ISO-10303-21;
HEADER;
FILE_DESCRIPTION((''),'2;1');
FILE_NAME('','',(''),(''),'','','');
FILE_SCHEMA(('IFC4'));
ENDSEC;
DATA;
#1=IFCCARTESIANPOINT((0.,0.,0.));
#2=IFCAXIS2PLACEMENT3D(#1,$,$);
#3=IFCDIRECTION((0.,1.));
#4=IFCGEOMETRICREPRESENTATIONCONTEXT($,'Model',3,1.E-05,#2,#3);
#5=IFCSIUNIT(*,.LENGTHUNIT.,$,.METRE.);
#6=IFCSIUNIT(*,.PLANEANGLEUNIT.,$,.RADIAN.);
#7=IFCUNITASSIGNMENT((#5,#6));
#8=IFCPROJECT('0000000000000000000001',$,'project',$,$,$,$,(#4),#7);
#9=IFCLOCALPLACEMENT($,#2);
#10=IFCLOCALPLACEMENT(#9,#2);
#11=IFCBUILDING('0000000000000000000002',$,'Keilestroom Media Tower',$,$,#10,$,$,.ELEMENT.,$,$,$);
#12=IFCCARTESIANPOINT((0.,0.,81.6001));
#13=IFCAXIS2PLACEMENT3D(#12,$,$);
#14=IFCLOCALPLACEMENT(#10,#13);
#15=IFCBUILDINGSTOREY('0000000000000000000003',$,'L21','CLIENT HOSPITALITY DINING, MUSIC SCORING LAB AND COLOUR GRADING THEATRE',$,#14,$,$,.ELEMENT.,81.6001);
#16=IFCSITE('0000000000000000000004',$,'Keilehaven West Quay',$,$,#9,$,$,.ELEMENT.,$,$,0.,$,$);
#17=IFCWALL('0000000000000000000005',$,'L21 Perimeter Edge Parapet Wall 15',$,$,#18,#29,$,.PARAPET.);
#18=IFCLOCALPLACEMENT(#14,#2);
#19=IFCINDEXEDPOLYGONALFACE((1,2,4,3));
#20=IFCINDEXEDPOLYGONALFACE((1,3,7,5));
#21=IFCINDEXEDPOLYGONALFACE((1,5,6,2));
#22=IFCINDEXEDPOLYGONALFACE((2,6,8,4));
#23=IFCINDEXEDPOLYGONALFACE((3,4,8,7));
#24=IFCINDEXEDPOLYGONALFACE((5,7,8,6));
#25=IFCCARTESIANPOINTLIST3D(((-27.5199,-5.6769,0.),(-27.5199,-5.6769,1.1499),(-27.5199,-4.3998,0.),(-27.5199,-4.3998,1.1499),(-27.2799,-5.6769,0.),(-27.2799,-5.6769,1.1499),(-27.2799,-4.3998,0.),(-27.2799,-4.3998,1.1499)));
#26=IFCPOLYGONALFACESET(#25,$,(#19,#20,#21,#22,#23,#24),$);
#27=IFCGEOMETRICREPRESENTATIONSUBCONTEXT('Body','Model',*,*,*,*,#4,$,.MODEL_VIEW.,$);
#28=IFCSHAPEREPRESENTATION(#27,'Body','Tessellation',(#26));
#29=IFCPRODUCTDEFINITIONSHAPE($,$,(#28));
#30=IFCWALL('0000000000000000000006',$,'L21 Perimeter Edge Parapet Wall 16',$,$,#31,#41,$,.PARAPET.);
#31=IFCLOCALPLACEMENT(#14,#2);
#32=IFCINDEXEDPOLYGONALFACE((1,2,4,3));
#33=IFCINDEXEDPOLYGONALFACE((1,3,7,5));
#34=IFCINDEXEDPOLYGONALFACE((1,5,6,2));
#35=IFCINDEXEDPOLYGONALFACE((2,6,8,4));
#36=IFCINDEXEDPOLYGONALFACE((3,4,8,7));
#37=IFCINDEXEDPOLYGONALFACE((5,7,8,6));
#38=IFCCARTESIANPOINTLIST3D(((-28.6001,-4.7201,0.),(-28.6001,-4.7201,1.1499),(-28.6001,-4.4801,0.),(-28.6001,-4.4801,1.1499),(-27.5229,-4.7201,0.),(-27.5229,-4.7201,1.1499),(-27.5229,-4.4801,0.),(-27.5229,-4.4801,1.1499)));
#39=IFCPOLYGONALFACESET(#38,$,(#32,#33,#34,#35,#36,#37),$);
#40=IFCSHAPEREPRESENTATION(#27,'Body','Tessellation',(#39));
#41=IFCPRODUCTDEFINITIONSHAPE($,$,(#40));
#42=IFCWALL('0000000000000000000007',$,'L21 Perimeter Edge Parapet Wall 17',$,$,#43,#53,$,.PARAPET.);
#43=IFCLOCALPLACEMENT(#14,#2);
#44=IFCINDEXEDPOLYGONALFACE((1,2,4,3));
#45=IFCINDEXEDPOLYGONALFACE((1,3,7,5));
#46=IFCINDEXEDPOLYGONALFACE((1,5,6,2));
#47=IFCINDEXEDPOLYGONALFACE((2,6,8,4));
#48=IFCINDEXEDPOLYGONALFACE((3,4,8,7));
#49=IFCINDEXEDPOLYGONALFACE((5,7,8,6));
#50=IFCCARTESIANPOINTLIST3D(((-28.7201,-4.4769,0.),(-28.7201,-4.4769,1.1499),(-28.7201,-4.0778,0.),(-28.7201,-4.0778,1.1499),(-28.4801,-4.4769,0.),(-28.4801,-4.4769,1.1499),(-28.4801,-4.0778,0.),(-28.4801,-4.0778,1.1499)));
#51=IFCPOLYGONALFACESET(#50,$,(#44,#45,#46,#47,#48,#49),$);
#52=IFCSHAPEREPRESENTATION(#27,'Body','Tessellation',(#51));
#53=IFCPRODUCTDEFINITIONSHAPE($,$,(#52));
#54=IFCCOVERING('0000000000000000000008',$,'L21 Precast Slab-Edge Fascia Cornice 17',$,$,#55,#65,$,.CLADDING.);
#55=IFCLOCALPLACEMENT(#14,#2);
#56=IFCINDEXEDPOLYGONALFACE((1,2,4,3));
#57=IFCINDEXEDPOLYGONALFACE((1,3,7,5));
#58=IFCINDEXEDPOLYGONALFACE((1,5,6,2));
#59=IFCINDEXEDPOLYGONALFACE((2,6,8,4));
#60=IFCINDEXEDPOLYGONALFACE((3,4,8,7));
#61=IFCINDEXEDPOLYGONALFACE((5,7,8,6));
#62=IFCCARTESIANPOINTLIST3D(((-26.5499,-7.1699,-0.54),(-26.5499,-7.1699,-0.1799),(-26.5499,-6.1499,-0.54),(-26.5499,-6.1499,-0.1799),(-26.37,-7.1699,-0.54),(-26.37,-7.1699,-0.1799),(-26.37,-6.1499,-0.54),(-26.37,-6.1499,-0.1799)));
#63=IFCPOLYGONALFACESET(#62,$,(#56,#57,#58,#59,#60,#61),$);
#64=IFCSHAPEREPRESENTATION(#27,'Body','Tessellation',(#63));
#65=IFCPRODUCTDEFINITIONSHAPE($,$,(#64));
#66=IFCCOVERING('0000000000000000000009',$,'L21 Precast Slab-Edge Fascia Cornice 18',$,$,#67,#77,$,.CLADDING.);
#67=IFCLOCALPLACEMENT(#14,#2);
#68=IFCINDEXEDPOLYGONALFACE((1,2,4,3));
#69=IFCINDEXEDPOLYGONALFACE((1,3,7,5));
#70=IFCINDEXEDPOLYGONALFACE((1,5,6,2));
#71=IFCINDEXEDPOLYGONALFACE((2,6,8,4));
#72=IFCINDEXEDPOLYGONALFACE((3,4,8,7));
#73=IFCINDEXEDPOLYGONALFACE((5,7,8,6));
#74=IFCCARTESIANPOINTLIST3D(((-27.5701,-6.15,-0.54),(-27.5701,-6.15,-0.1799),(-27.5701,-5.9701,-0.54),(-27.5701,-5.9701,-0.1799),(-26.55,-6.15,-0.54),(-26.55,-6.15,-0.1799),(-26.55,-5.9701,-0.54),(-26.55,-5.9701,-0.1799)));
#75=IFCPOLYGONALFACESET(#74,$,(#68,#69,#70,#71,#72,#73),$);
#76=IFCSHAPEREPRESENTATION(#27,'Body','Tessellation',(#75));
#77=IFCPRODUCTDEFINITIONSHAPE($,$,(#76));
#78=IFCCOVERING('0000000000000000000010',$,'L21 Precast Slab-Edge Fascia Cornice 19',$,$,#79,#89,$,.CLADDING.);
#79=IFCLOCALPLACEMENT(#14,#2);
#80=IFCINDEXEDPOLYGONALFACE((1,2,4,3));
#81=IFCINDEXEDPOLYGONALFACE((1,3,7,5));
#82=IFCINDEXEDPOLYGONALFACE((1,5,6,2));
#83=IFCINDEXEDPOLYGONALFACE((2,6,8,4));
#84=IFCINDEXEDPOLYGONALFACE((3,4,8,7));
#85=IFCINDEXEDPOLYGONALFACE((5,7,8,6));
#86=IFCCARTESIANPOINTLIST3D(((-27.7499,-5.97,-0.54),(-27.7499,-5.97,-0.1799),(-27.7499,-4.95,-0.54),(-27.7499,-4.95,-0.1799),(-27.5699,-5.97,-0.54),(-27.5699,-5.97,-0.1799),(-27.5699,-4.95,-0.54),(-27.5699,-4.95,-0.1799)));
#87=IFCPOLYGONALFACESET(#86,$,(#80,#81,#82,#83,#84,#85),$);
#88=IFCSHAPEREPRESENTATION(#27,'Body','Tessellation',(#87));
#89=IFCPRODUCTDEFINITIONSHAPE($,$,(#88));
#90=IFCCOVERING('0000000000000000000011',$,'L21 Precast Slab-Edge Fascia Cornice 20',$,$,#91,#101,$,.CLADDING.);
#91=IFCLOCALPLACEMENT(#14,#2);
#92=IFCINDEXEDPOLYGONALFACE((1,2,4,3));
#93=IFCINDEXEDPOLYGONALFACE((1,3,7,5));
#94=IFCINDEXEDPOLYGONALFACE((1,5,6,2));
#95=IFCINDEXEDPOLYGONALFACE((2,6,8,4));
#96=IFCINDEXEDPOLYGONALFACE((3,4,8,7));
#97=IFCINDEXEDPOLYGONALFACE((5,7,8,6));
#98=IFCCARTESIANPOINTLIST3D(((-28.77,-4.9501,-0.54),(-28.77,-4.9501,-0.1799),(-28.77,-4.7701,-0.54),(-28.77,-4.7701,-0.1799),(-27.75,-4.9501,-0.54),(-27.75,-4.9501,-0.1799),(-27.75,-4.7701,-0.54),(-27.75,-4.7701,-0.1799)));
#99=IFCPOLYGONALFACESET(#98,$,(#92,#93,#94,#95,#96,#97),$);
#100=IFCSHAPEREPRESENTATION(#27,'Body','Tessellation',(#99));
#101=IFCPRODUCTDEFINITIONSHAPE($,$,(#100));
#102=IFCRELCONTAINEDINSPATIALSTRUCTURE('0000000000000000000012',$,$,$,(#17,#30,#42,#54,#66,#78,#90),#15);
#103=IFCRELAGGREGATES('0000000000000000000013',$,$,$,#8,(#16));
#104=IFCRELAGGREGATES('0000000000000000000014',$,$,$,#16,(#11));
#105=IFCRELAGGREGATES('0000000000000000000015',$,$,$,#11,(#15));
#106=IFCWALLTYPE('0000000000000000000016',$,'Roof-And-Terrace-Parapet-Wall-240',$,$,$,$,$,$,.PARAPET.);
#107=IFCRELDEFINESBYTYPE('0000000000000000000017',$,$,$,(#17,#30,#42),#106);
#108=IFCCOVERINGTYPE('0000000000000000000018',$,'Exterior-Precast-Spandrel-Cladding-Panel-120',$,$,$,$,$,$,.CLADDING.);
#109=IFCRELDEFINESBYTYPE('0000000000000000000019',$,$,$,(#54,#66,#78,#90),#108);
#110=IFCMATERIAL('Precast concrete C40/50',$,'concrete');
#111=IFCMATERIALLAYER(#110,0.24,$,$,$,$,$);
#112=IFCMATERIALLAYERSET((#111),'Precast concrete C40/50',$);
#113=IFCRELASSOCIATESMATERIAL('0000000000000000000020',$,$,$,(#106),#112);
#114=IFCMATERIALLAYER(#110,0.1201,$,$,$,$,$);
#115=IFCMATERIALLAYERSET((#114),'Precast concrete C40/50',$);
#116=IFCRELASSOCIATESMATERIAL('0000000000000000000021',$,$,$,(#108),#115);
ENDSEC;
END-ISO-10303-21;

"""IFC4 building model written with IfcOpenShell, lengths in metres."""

from ifc_helpers import new_model, si_unit, direction, frame, frame_2d, origin, origin_2d, place, context, subcontext, project, spatial, rectangle, extrude, source, transform, mapped, material, layer, layer_set, type_object, element, save


model = new_model("IFC4")

# Units and contexts
model_context = context("Model", 3, precision=1e-05, world=origin(), true_north=direction((0.0, 1.0)))
body_context = subcontext(model_context, "Body", "Model", "MODEL_VIEW")
ifc_project = project(units=[si_unit("LENGTHUNIT", "METRE"), si_unit("PLANEANGLEUNIT", "RADIAN")], contexts=[model_context])

# Site, building, storey
site_placement = place(None, origin())
site = spatial("IfcSite", under=ifc_project, at=site_placement, Name="Keilehaven West Quay", CompositionType="ELEMENT", RefElevation=0.0)
building_placement = place(site_placement, origin())
building = spatial("IfcBuilding", under=site, at=building_placement, Name="Keilestroom Media Tower", CompositionType="ELEMENT")
storey_placement = place(building_placement, frame((0.0, 0.0, 81.6001)))
storey = spatial("IfcBuildingStorey", under=building, at=storey_placement, Name="L21", Description="CLIENT HOSPITALITY DINING, MUSIC SCORING LAB AND COLOUR GRADING THEATRE", CompositionType="ELEMENT", Elevation=81.6001)

# Shared definitions
ifc_material_1 = material(Name="Precast concrete C40/50", Category="concrete")

# Walls
ifc_layer_1 = layer(ifc_material_1, 0.24)
ifc_layer_set_1 = layer_set([ifc_layer_1], Name="Precast concrete C40/50")
wall_type = type_object("IfcWallType", Name="Roof-And-Terrace-Parapet-Wall-240", PredefinedType="PARAPET", material=ifc_layer_set_1)
wall_1_placement = place(storey_placement, frame((-27.3999, -5.677, 0.0), z_axis=(0.0, 0.0, 1.0), x_axis=(0.0, 1.0, 0.0)))
element("IfcWall", 1, at=wall_1_placement, inside=storey, type_object=wall_type, Name="L21 Perimeter Edge Parapet Wall 15", PredefinedType="PARAPET", context=body_context, shape_type="SweptSolid", body=[
    extrude(rectangle(XDim=1.2771, YDim=0.24, at=frame_2d((0.6387, 0.0))), origin(), (0.0, 0.0, 1.0), 1.1499),
])
wall_2_placement = place(storey_placement, frame((-27.5229, -4.6001, 0.0), z_axis=(0.0, 0.0, 1.0), x_axis=(-1.0, 0.0, 0.0)))
element("IfcWall", 2, at=wall_2_placement, inside=storey, type_object=wall_type, Name="L21 Perimeter Edge Parapet Wall 16", PredefinedType="PARAPET", context=body_context, shape_type="SweptSolid", body=[
    extrude(rectangle(XDim=1.0771, YDim=0.24, at=frame_2d((0.5386, 0.0))), origin(), (0.0, 0.0, 1.0), 1.1499),
])
wall_3_placement = place(storey_placement, frame((-28.6001, -4.4771, 0.0), z_axis=(0.0, 0.0, 1.0), x_axis=(0.0, 1.0, 0.0)))
element("IfcWall", 3, at=wall_3_placement, inside=storey, type_object=wall_type, Name="L21 Perimeter Edge Parapet Wall 17", PredefinedType="PARAPET", context=body_context, shape_type="SweptSolid", body=[
    extrude(rectangle(XDim=0.3992, YDim=0.24, at=frame_2d((0.1997, 0.0))), origin(), (0.0, 0.0, 1.0), 1.1499),
])

# Coverings
ifc_layer_2 = layer(ifc_material_1, 0.1201)
ifc_layer_set_2 = layer_set([ifc_layer_2], Name="Precast concrete C40/50")
covering_type = type_object("IfcCoveringType", Name="Exterior-Precast-Spandrel-Cladding-Panel-120", PredefinedType="CLADDING", material=ifc_layer_set_2)
shared_shape_1 = source(origin(), body_context, "Body", "SweptSolid", [
    extrude(rectangle(XDim=1.02, YDim=0.1799, at=origin_2d()), origin(), (0.0, 0.0, 1.0), 0.3601),
])
for number, where, z_axis, x_axis, name in (
    (4, (-26.46, -6.6599, -0.54), (0.0, 0.0, 1.0), (0.0, 1.0, 0.0), "L21 Precast Slab-Edge Fascia Cornice 17"),
    (5, (-27.0601, -6.0601, -0.54), (0.0, 0.0, 1.0), (-1.0, 0.0, 0.0), "L21 Precast Slab-Edge Fascia Cornice 18"),
    (6, (-27.6599, -5.46, -0.54), (0.0, 0.0, 1.0), (0.0, 1.0, 0.0), "L21 Precast Slab-Edge Fascia Cornice 19"),
    (7, (-28.26, -4.8601, -0.54), (0.0, 0.0, 1.0), (-1.0, 0.0, 0.0), "L21 Precast Slab-Edge Fascia Cornice 20"),
):
    element("IfcCovering", number, at=place(storey_placement, frame(where, z_axis=z_axis, x_axis=x_axis)), inside=storey, type_object=covering_type, Name=name, PredefinedType="CLADDING", context=body_context, shape_type="MappedRepresentation", body=[
        mapped(shared_shape_1, transform((0.0, 0.0, 0.0), x_axis=(1.0, 0.0, 0.0), y_axis=(0.0, 1.0, 0.0), z_axis=(0.0, 0.0, 1.0), scale=1.0)),
    ])

save(model, "model.ifc")
